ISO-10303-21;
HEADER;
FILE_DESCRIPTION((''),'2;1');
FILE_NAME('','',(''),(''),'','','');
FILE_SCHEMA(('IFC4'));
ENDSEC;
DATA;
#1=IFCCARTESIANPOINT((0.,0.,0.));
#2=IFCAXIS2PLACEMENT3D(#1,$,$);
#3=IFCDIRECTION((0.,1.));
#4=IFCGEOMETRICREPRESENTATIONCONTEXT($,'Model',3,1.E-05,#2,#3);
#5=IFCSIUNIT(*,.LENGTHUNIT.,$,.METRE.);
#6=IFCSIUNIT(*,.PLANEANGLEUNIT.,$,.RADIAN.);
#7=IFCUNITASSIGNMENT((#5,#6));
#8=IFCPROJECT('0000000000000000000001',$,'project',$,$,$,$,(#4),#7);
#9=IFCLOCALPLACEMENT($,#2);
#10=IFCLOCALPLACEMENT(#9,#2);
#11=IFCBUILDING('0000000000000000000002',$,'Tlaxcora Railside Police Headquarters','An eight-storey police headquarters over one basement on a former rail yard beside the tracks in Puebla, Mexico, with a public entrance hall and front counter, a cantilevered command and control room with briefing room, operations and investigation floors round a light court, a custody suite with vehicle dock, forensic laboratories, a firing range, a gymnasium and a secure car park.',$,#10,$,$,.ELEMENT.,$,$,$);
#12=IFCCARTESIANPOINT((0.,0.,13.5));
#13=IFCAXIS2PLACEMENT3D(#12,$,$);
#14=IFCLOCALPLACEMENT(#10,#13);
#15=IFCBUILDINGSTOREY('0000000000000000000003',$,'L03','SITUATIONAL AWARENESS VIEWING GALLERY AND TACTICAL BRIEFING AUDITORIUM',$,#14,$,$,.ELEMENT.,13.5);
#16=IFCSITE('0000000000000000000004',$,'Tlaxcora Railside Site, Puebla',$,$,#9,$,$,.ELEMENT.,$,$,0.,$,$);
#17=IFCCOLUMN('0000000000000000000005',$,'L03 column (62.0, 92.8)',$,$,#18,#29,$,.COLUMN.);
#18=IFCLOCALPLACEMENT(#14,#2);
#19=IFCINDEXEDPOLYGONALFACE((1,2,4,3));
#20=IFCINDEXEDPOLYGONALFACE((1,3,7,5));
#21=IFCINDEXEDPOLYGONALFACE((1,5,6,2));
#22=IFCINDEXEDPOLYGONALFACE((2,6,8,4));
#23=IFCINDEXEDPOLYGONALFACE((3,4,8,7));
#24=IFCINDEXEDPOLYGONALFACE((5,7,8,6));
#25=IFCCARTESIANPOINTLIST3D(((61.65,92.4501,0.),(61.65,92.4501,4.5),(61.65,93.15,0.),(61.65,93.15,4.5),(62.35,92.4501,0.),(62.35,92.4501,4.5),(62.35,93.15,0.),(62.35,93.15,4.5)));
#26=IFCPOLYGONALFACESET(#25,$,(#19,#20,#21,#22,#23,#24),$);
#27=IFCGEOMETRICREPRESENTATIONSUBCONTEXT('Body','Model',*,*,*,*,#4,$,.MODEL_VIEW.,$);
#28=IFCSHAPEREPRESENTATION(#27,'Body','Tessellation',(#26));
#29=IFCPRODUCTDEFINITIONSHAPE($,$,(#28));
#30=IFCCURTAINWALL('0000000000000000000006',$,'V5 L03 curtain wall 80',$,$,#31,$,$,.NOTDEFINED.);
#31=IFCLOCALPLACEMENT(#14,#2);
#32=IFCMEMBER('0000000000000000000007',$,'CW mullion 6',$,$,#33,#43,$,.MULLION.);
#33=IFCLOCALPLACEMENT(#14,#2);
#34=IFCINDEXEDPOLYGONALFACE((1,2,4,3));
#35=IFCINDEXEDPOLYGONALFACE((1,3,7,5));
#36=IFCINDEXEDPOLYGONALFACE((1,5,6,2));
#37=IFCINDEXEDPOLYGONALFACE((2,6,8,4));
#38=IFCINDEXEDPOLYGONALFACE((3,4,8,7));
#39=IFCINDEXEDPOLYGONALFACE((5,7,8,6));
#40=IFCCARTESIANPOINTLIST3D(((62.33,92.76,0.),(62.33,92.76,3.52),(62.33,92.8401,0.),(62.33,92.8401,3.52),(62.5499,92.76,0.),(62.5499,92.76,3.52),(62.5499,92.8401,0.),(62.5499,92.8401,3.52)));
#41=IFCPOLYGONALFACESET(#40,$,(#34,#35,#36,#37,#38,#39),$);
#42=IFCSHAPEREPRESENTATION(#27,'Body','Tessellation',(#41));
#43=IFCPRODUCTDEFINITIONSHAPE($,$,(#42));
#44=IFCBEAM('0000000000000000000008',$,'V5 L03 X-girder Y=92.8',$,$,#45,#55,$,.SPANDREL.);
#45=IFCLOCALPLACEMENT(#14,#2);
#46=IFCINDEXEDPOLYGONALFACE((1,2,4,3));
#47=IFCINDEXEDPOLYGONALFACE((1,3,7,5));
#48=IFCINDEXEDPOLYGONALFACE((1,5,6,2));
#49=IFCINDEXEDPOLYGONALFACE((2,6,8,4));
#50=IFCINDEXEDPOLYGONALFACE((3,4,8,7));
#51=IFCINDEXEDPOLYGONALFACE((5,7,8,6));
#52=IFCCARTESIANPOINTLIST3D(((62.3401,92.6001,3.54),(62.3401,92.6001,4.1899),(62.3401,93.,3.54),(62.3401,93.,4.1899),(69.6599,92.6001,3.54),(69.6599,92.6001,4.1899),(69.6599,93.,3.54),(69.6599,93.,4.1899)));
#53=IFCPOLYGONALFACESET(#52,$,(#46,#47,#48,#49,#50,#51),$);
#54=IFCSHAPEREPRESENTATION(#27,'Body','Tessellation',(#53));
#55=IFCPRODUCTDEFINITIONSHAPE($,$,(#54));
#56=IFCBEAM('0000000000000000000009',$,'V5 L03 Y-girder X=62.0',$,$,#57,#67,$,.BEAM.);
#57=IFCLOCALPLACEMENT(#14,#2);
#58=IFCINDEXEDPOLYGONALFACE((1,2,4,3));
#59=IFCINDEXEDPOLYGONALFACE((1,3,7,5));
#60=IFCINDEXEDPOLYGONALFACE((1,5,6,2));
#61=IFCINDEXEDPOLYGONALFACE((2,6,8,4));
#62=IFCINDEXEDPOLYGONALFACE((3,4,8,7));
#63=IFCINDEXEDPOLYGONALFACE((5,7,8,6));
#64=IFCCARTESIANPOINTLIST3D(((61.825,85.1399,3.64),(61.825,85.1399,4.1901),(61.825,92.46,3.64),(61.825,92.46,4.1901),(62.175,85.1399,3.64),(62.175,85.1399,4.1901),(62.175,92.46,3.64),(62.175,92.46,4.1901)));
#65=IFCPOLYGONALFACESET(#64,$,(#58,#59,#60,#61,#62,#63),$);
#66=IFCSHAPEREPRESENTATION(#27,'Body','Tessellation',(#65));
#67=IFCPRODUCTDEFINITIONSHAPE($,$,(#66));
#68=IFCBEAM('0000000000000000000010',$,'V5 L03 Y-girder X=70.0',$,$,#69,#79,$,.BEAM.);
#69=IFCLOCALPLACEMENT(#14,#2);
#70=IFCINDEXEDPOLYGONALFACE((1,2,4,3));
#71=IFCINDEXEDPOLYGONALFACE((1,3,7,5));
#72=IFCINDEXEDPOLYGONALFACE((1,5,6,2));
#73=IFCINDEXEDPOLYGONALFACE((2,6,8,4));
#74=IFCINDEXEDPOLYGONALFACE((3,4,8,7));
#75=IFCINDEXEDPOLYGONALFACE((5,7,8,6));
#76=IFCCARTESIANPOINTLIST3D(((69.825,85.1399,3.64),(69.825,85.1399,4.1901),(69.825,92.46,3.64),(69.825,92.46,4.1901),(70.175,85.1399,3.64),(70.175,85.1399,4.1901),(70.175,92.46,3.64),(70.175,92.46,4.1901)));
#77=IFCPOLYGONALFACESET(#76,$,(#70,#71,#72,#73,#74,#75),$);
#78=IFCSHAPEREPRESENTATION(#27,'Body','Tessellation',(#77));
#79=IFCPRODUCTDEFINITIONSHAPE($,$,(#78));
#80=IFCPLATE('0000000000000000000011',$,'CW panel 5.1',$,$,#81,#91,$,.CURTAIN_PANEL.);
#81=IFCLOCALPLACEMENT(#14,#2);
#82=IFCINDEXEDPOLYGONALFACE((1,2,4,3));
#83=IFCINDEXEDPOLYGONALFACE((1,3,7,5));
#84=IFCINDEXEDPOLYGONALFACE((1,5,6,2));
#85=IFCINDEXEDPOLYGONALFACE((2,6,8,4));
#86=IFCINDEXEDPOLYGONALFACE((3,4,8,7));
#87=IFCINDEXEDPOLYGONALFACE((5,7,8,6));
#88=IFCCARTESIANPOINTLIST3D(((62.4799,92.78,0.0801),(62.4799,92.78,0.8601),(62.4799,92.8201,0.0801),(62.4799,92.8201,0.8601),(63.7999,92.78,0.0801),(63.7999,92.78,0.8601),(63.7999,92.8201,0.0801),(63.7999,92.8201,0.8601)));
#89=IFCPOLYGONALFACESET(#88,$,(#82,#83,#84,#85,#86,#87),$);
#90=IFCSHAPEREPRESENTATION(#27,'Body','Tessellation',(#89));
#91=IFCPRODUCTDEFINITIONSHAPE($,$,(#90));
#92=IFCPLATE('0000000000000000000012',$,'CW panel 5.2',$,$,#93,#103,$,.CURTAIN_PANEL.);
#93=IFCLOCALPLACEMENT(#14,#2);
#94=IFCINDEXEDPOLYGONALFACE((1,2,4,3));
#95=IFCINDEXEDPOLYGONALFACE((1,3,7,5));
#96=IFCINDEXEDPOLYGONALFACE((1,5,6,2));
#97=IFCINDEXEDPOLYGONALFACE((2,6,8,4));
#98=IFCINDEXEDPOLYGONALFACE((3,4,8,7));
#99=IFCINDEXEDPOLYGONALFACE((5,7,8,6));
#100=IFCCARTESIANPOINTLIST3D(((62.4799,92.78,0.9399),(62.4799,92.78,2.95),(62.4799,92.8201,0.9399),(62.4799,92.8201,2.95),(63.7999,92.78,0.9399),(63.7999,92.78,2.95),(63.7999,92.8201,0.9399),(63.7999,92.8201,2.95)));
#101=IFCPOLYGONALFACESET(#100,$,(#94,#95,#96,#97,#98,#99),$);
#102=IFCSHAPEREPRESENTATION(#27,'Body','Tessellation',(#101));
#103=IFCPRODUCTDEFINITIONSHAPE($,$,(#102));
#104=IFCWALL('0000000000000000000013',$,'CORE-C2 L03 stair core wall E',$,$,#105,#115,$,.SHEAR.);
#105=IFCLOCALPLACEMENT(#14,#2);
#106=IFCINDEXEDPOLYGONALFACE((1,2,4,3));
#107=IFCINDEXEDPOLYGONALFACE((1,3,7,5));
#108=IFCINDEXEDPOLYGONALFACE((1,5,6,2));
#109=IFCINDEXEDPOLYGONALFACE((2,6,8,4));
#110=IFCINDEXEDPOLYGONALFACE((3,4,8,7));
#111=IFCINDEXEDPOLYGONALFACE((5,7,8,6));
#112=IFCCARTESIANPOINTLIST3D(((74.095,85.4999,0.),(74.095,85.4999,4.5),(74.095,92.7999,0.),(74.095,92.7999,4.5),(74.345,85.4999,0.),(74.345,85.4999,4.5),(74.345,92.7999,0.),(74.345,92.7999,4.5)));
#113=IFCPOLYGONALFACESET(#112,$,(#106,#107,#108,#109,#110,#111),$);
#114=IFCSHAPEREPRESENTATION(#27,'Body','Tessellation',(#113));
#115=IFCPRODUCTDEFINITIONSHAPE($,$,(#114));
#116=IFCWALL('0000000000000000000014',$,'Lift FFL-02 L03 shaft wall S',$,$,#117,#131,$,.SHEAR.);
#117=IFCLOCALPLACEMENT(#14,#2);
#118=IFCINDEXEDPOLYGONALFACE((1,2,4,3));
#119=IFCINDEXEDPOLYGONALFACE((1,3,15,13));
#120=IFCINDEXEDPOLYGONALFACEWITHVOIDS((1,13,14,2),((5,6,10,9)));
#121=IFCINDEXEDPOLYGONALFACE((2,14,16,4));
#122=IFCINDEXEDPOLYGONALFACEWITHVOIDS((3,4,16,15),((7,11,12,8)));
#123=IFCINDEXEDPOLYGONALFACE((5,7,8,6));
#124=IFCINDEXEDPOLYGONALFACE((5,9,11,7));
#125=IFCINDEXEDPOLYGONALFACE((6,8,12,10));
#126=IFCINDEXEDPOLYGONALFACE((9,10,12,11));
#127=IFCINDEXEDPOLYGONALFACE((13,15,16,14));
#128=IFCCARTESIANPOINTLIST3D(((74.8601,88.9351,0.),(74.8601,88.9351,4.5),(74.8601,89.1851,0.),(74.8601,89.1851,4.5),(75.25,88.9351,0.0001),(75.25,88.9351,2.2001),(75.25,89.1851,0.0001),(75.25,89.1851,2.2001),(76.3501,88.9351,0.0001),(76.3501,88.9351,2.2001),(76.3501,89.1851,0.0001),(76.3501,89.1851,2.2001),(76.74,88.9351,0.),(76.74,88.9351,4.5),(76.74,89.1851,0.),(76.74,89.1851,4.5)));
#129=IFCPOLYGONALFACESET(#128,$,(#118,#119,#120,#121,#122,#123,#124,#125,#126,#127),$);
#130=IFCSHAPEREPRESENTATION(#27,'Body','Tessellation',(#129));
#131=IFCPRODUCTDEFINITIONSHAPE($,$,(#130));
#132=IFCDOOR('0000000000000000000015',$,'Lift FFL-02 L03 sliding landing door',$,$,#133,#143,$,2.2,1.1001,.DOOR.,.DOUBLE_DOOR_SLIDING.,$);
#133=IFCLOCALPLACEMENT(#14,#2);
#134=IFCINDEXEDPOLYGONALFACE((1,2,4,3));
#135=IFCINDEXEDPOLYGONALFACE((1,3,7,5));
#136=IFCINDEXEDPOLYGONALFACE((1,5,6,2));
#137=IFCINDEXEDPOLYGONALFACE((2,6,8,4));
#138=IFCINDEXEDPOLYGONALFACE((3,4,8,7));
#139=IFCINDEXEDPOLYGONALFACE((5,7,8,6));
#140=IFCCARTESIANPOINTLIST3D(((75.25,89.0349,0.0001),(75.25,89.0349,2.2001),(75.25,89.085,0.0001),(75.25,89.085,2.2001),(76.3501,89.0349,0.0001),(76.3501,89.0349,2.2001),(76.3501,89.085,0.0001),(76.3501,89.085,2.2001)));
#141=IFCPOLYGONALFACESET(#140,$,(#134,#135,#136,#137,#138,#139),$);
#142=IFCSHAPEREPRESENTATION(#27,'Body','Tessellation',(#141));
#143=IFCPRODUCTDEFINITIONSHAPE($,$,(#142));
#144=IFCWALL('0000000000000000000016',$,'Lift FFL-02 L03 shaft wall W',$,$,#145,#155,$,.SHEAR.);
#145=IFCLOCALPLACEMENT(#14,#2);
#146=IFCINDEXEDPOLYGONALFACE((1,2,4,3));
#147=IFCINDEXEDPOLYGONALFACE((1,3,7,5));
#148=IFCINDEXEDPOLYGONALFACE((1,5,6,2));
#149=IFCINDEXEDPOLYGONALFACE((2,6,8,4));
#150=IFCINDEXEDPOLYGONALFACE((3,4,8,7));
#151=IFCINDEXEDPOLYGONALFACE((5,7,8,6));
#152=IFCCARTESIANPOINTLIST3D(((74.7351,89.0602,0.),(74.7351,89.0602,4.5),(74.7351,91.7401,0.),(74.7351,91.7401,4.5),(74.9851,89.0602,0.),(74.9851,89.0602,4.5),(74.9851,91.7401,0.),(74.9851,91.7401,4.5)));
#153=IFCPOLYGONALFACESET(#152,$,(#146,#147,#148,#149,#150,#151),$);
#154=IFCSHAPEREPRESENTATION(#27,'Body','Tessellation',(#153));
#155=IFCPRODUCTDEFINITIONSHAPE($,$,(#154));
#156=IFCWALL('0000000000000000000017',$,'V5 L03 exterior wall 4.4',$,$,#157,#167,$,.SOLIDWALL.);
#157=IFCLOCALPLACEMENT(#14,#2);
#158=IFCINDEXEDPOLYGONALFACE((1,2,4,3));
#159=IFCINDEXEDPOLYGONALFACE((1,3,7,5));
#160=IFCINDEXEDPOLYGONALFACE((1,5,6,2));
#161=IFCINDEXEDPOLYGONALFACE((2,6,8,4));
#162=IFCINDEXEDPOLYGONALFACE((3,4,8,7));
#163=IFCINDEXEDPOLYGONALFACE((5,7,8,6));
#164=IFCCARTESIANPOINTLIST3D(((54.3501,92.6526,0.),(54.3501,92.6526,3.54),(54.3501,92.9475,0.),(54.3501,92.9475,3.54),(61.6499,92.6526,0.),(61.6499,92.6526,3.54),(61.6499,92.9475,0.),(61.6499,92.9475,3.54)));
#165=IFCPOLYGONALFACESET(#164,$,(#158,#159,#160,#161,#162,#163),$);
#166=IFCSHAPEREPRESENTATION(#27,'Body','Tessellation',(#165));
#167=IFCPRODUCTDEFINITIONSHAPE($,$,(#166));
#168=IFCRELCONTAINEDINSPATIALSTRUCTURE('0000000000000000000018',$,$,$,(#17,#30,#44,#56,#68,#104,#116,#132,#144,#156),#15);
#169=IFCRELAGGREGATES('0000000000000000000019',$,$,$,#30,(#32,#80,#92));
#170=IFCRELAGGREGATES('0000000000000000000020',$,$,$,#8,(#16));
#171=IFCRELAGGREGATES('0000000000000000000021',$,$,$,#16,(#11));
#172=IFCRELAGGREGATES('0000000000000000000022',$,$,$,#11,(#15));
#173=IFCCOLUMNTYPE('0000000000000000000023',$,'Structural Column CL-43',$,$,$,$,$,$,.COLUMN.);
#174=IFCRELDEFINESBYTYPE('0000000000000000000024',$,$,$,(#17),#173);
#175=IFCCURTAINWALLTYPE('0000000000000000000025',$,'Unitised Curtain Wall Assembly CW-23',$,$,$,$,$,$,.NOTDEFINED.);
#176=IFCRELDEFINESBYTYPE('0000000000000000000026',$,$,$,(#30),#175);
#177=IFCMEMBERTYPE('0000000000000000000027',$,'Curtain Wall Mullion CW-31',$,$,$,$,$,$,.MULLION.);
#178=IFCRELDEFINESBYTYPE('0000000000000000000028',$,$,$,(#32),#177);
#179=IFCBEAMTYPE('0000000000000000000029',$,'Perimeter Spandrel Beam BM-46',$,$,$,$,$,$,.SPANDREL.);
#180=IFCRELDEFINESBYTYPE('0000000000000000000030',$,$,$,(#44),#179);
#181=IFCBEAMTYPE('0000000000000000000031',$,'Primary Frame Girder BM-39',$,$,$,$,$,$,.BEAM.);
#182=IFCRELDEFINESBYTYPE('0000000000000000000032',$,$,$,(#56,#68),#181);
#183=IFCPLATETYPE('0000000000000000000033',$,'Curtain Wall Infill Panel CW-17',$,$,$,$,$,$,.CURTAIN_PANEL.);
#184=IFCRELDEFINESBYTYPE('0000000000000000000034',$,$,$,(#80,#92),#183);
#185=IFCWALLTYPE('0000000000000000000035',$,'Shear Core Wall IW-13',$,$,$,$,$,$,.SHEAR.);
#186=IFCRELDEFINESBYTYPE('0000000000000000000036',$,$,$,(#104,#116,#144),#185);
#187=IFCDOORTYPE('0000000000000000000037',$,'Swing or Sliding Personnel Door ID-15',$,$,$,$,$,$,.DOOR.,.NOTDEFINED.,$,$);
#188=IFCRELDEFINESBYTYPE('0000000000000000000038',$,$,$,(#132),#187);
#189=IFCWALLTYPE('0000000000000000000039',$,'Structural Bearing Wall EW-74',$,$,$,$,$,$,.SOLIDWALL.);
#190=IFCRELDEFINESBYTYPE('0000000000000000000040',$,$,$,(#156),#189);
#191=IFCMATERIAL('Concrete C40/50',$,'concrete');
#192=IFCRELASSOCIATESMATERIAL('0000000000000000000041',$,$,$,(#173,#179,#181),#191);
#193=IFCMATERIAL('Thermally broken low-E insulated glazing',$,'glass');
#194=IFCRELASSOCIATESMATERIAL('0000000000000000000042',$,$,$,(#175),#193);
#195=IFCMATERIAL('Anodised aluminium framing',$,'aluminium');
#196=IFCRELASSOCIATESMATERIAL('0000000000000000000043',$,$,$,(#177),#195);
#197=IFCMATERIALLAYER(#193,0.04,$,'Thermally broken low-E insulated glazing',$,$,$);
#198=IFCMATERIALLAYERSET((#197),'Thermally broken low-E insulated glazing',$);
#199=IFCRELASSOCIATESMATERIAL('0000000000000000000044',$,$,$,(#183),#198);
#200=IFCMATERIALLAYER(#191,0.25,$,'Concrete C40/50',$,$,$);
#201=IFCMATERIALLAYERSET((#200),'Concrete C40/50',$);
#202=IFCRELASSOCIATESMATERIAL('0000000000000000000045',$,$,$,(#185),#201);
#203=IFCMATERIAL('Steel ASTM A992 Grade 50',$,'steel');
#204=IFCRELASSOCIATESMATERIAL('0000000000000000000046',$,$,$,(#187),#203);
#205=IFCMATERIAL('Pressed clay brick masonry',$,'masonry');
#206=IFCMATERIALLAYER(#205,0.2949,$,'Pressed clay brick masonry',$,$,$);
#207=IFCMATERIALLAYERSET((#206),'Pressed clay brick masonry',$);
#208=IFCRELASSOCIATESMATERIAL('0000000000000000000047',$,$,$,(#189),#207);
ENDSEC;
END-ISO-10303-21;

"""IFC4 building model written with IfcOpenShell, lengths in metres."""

from ifc_helpers import new_model, si_unit, direction, frame, frame_2d, origin, origin_2d, place, context, subcontext, project, spatial, rectangle, extrude, material, layer, layer_set, material_profile, profile_set, type_object, element, fill, aggregate, save


model = new_model("IFC4")

# Units and contexts
model_context = context("Model", 3, precision=1e-05, world=origin(), true_north=direction((0.0, 1.0)))
body_context = subcontext(model_context, "Body", "Model", "MODEL_VIEW")
ifc_project = project(units=[si_unit("LENGTHUNIT", "METRE"), si_unit("PLANEANGLEUNIT", "RADIAN")], contexts=[model_context])

# Site, building, storey
site_placement = place(None, origin())
site = spatial("IfcSite", under=ifc_project, at=site_placement, Name="Tlaxcora Railside Site, Puebla", CompositionType="ELEMENT", RefElevation=0.0)
building_placement = place(site_placement, origin())
building = spatial("IfcBuilding", under=site, at=building_placement, Name="Tlaxcora Railside Police Headquarters", Description="An eight-storey police headquarters over one basement on a former rail yard beside the tracks in Puebla, Mexico, with a public entrance hall and front counter, a cantilevered command and control room with briefing room, operations and investigation floors round a light court, a custody suite with vehicle dock, forensic laboratories, a firing range, a gymnasium and a secure car park.", CompositionType="ELEMENT")
storey_placement = place(building_placement, frame((0.0, 0.0, 13.5)))
storey = spatial("IfcBuildingStorey", under=building, at=storey_placement, Name="L03", Description="SITUATIONAL AWARENESS VIEWING GALLERY AND TACTICAL BRIEFING AUDITORIUM", CompositionType="ELEMENT", Elevation=13.5)

# Column
ifc_material_1 = material(Name="Concrete C40/50", Category="concrete")
ifc_material_profile_1 = material_profile(ifc_material_1, rectangle(XDim=0.7, YDim=0.7, at=origin_2d()), Name="RC700X700")
ifc_profile_set_1 = profile_set([ifc_material_profile_1], Name="Concrete C40/50")
column_type = type_object("IfcColumnType", Name="Structural Column CL-43", PredefinedType="COLUMN", material=ifc_profile_set_1)
column_placement = place(storey_placement, frame((62.0, 92.8, 0.0), z_axis=(0.0, 0.0, 1.0), x_axis=(1.0, 0.0, 0.0)))
element("IfcColumn", 1, at=column_placement, inside=storey, type_object=column_type, Name="L03 column (62.0, 92.8)", PredefinedType="COLUMN", context=body_context, shape_type="SweptSolid", body=[
    extrude(rectangle(XDim=0.7, YDim=0.7, at=origin_2d()), origin(), (0.0, 0.0, 1.0), 4.5),
])

# Curtain wall, member
ifc_material_2 = material(Name="Thermally broken low-E insulated glazing", Category="glass")
curtain_wall_type = type_object("IfcCurtainWallType", Name="Unitised Curtain Wall Assembly CW-23", PredefinedType="NOTDEFINED", material=ifc_material_2)
curtain_wall_placement = place(storey_placement, origin())
curtain_wall = element("IfcCurtainWall", 2, at=curtain_wall_placement, inside=storey, type_object=curtain_wall_type, Name="V5 L03 curtain wall 80", PredefinedType="NOTDEFINED")
ifc_material_3 = material(Name="Anodised aluminium framing", Category="aluminium")
ifc_material_profile_2 = material_profile(ifc_material_3, rectangle(XDim=0.0801, YDim=0.22, at=origin_2d()), Name="AL80X220")
ifc_profile_set_2 = profile_set([ifc_material_profile_2], Name="Anodised aluminium framing")
member_type = type_object("IfcMemberType", Name="Curtain Wall Mullion CW-31", PredefinedType="MULLION", material=ifc_profile_set_2)
member_placement = place(storey_placement, frame((62.4399, 92.8, 0.0), z_axis=(0.0, 0.0, 1.0), x_axis=(0.0, -1.0, 0.0)))
member = element("IfcMember", 3, at=member_placement, type_object=member_type, Name="CW mullion 6", PredefinedType="MULLION", context=body_context, shape_type="SweptSolid", body=[
    extrude(rectangle(XDim=0.0801, YDim=0.22, at=origin_2d()), origin(), (0.0, 0.0, 1.0), 3.52),
])

# Beams
ifc_material_profile_3 = material_profile(ifc_material_1, rectangle(XDim=0.3999, YDim=0.6499, at=origin_2d()), Name="RC400X650")
ifc_profile_set_3 = profile_set([ifc_material_profile_3], Name="Concrete C40/50")
beam_type_1 = type_object("IfcBeamType", Name="Perimeter Spandrel Beam BM-46", PredefinedType="SPANDREL", material=ifc_profile_set_3)
beam_placement = place(storey_placement, frame((62.3401, 92.8, 3.865), z_axis=(1.0, 0.0, 0.0), x_axis=(0.0, 1.0, 0.0)))
element("IfcBeam", 4, at=beam_placement, inside=storey, type_object=beam_type_1, Name="V5 L03 X-girder Y=92.8", PredefinedType="SPANDREL", context=body_context, shape_type="SweptSolid", body=[
    extrude(rectangle(XDim=0.3999, YDim=0.6499, at=origin_2d()), origin(), (0.0, 0.0, 1.0), 7.3198),
])
ifc_material_profile_4 = material_profile(ifc_material_1, rectangle(XDim=0.3501, YDim=0.55, at=origin_2d()), Name="RC350X550")
ifc_profile_set_4 = profile_set([ifc_material_profile_4], Name="Concrete C40/50")
beam_type_2 = type_object("IfcBeamType", Name="Primary Frame Girder BM-39", PredefinedType="BEAM", material=ifc_profile_set_4)
for number, where, z_axis, x_axis, name in (
    (5, (62.0, 85.1399, 3.915), (0.0, 1.0, 0.0), (-1.0, 0.0, 0.0), "V5 L03 Y-girder X=62.0"),
    (6, (70.0, 85.1399, 3.915), (0.0, 1.0, 0.0), (-1.0, 0.0, 0.0), "V5 L03 Y-girder X=70.0"),
):
    element("IfcBeam", number, at=place(storey_placement, frame(where, z_axis=z_axis, x_axis=x_axis)), inside=storey, type_object=beam_type_2, Name=name, PredefinedType="BEAM", context=body_context, shape_type="SweptSolid", body=[
        extrude(rectangle(XDim=0.3501, YDim=0.55, at=origin_2d()), origin(), (0.0, 0.0, 1.0), 7.3201),
    ])

# Plates
ifc_layer_1 = layer(ifc_material_2, 0.04, Name="Thermally broken low-E insulated glazing")
ifc_layer_set_1 = layer_set([ifc_layer_1], Name="Thermally broken low-E insulated glazing")
plate_type = type_object("IfcPlateType", Name="Curtain Wall Infill Panel CW-17", PredefinedType="CURTAIN_PANEL", material=ifc_layer_set_1)
plate_1_placement = place(storey_placement, frame((63.1399, 92.8, 0.0801), z_axis=(0.0, 0.0, 1.0), x_axis=(-1.0, 0.0, 0.0)))
plate_1 = element("IfcPlate", 7, at=plate_1_placement, type_object=plate_type, Name="CW panel 5.1", PredefinedType="CURTAIN_PANEL", context=body_context, shape_type="SweptSolid", body=[
    extrude(rectangle(XDim=1.3201, YDim=0.04, at=origin_2d()), origin(), (0.0, 0.0, 1.0), 0.78),
])
plate_2_placement = place(storey_placement, frame((63.1399, 92.8, 0.9399), z_axis=(0.0, 0.0, 1.0), x_axis=(-1.0, 0.0, 0.0)))
plate_2 = element("IfcPlate", 8, at=plate_2_placement, type_object=plate_type, Name="CW panel 5.2", PredefinedType="CURTAIN_PANEL", context=body_context, shape_type="SweptSolid", body=[
    extrude(rectangle(XDim=1.3201, YDim=0.04, at=origin_2d()), origin(), (0.0, 0.0, 1.0), 2.01),
])
aggregate(curtain_wall, [member, plate_1, plate_2])

# Shared definitions
ifc_layer_2 = layer(ifc_material_1, 0.25, Name="Concrete C40/50")
ifc_layer_set_2 = layer_set([ifc_layer_2], Name="Concrete C40/50")
wall_type_1 = type_object("IfcWallType", Name="Shear Core Wall IW-13", PredefinedType="SHEAR", material=ifc_layer_set_2)
ifc_material_4 = material(Name="Steel ASTM A992 Grade 50", Category="steel")

# Wall
wall_1_placement = place(storey_placement, frame((74.22, 85.5, 0.0), z_axis=(0.0, 0.0, 1.0), x_axis=(0.0, 1.0, 0.0)))
element("IfcWall", 9, at=wall_1_placement, inside=storey, type_object=wall_type_1, Name="CORE-C2 L03 stair core wall E", PredefinedType="SHEAR", context=body_context, shape_type="SweptSolid", body=[
    extrude(rectangle(XDim=7.3, YDim=0.25, at=frame_2d((3.6499, 0.0))), origin(), (0.0, 0.0, 1.0), 4.5),
])

# Wall, opening, door
wall_2_placement = place(storey_placement, frame((74.8601, 89.0601, 0.0), z_axis=(0.0, 0.0, 1.0), x_axis=(1.0, 0.0, 0.0)))
wall_2 = element("IfcWall", 10, at=wall_2_placement, inside=storey, type_object=wall_type_1, Name="Lift FFL-02 L03 shaft wall S", PredefinedType="SHEAR", context=body_context, shape_type="SweptSolid", body=[
    extrude(rectangle(XDim=1.8799, YDim=0.25, at=frame_2d((0.9399, 0.0))), origin(), (0.0, 0.0, 1.0), 4.5),
])
opening_1_placement = place(wall_2_placement, frame((0.3899, 0.0, 0.0)))
opening_1 = element("IfcOpeningElement", 11, at=opening_1_placement, cuts=wall_2, PredefinedType="OPENING", context=body_context, shape_type="SweptSolid", body=[
    extrude(rectangle(XDim=1.1001, YDim=2.2, at=frame_2d((0.55, 1.1001))), frame((0.0, 0.135, 0.0), z_axis=(0.0, -1.0, 0.0), x_axis=(1.0, 0.0, 0.0)), (0.0, 0.0, 1.0), 0.27),
])
door_type_1 = type_object("IfcDoorType", Name="Swing or Sliding Personnel Door ID-15", OperationType="NOTDEFINED", PredefinedType="DOOR", material=ifc_material_4)
door_1_placement = place(opening_1_placement, origin())
door_1 = element("IfcDoor", 12, at=door_1_placement, inside=storey, type_object=door_type_1, Name="Lift FFL-02 L03 sliding landing door", OperationType="DOUBLE_DOOR_SLIDING", OverallHeight=2.2, OverallWidth=1.1001, PredefinedType="DOOR", context=body_context, shape_type="SweptSolid", body=[
    extrude(rectangle(XDim=1.1001, YDim=2.2, at=frame_2d((0.55, 1.1001))), frame((0.0, 0.0249, 0.0), z_axis=(0.0, -1.0, 0.0), x_axis=(1.0, 0.0, 0.0)), (0.0, 0.0, 1.0), 0.05),
])
fill(opening_1, door_1)

# Walls
wall_3_placement = place(storey_placement, frame((74.8601, 91.74, 0.0), z_axis=(0.0, 0.0, 1.0), x_axis=(0.0, -1.0, 0.0)))
element("IfcWall", 13, at=wall_3_placement, inside=storey, type_object=wall_type_1, Name="Lift FFL-02 L03 shaft wall W", PredefinedType="SHEAR", context=body_context, shape_type="SweptSolid", body=[
    extrude(rectangle(XDim=2.6799, YDim=0.25, at=frame_2d((1.3398, 0.0))), origin(), (0.0, 0.0, 1.0), 4.5),
])
ifc_material_5 = material(Name="Pressed clay brick masonry", Category="masonry")
ifc_layer_3 = layer(ifc_material_5, 0.2949, Name="Pressed clay brick masonry")
ifc_layer_set_3 = layer_set([ifc_layer_3], Name="Pressed clay brick masonry")
wall_type_2 = type_object("IfcWallType", Name="Structural Bearing Wall EW-74", PredefinedType="SOLIDWALL", material=ifc_layer_set_3)
wall_4_placement = place(storey_placement, frame((61.6499, 92.8, 0.0), z_axis=(0.0, 0.0, 1.0), x_axis=(-1.0, 0.0, 0.0)))
element("IfcWall", 14, at=wall_4_placement, inside=storey, type_object=wall_type_2, Name="V5 L03 exterior wall 4.4", PredefinedType="SOLIDWALL", context=body_context, shape_type="SweptSolid", body=[
    extrude(rectangle(XDim=7.2998, YDim=0.2949, at=frame_2d((3.6499, 0.0))), origin(), (0.0, 0.0, 1.0), 3.54),
])

save(model, "model.ifc")
